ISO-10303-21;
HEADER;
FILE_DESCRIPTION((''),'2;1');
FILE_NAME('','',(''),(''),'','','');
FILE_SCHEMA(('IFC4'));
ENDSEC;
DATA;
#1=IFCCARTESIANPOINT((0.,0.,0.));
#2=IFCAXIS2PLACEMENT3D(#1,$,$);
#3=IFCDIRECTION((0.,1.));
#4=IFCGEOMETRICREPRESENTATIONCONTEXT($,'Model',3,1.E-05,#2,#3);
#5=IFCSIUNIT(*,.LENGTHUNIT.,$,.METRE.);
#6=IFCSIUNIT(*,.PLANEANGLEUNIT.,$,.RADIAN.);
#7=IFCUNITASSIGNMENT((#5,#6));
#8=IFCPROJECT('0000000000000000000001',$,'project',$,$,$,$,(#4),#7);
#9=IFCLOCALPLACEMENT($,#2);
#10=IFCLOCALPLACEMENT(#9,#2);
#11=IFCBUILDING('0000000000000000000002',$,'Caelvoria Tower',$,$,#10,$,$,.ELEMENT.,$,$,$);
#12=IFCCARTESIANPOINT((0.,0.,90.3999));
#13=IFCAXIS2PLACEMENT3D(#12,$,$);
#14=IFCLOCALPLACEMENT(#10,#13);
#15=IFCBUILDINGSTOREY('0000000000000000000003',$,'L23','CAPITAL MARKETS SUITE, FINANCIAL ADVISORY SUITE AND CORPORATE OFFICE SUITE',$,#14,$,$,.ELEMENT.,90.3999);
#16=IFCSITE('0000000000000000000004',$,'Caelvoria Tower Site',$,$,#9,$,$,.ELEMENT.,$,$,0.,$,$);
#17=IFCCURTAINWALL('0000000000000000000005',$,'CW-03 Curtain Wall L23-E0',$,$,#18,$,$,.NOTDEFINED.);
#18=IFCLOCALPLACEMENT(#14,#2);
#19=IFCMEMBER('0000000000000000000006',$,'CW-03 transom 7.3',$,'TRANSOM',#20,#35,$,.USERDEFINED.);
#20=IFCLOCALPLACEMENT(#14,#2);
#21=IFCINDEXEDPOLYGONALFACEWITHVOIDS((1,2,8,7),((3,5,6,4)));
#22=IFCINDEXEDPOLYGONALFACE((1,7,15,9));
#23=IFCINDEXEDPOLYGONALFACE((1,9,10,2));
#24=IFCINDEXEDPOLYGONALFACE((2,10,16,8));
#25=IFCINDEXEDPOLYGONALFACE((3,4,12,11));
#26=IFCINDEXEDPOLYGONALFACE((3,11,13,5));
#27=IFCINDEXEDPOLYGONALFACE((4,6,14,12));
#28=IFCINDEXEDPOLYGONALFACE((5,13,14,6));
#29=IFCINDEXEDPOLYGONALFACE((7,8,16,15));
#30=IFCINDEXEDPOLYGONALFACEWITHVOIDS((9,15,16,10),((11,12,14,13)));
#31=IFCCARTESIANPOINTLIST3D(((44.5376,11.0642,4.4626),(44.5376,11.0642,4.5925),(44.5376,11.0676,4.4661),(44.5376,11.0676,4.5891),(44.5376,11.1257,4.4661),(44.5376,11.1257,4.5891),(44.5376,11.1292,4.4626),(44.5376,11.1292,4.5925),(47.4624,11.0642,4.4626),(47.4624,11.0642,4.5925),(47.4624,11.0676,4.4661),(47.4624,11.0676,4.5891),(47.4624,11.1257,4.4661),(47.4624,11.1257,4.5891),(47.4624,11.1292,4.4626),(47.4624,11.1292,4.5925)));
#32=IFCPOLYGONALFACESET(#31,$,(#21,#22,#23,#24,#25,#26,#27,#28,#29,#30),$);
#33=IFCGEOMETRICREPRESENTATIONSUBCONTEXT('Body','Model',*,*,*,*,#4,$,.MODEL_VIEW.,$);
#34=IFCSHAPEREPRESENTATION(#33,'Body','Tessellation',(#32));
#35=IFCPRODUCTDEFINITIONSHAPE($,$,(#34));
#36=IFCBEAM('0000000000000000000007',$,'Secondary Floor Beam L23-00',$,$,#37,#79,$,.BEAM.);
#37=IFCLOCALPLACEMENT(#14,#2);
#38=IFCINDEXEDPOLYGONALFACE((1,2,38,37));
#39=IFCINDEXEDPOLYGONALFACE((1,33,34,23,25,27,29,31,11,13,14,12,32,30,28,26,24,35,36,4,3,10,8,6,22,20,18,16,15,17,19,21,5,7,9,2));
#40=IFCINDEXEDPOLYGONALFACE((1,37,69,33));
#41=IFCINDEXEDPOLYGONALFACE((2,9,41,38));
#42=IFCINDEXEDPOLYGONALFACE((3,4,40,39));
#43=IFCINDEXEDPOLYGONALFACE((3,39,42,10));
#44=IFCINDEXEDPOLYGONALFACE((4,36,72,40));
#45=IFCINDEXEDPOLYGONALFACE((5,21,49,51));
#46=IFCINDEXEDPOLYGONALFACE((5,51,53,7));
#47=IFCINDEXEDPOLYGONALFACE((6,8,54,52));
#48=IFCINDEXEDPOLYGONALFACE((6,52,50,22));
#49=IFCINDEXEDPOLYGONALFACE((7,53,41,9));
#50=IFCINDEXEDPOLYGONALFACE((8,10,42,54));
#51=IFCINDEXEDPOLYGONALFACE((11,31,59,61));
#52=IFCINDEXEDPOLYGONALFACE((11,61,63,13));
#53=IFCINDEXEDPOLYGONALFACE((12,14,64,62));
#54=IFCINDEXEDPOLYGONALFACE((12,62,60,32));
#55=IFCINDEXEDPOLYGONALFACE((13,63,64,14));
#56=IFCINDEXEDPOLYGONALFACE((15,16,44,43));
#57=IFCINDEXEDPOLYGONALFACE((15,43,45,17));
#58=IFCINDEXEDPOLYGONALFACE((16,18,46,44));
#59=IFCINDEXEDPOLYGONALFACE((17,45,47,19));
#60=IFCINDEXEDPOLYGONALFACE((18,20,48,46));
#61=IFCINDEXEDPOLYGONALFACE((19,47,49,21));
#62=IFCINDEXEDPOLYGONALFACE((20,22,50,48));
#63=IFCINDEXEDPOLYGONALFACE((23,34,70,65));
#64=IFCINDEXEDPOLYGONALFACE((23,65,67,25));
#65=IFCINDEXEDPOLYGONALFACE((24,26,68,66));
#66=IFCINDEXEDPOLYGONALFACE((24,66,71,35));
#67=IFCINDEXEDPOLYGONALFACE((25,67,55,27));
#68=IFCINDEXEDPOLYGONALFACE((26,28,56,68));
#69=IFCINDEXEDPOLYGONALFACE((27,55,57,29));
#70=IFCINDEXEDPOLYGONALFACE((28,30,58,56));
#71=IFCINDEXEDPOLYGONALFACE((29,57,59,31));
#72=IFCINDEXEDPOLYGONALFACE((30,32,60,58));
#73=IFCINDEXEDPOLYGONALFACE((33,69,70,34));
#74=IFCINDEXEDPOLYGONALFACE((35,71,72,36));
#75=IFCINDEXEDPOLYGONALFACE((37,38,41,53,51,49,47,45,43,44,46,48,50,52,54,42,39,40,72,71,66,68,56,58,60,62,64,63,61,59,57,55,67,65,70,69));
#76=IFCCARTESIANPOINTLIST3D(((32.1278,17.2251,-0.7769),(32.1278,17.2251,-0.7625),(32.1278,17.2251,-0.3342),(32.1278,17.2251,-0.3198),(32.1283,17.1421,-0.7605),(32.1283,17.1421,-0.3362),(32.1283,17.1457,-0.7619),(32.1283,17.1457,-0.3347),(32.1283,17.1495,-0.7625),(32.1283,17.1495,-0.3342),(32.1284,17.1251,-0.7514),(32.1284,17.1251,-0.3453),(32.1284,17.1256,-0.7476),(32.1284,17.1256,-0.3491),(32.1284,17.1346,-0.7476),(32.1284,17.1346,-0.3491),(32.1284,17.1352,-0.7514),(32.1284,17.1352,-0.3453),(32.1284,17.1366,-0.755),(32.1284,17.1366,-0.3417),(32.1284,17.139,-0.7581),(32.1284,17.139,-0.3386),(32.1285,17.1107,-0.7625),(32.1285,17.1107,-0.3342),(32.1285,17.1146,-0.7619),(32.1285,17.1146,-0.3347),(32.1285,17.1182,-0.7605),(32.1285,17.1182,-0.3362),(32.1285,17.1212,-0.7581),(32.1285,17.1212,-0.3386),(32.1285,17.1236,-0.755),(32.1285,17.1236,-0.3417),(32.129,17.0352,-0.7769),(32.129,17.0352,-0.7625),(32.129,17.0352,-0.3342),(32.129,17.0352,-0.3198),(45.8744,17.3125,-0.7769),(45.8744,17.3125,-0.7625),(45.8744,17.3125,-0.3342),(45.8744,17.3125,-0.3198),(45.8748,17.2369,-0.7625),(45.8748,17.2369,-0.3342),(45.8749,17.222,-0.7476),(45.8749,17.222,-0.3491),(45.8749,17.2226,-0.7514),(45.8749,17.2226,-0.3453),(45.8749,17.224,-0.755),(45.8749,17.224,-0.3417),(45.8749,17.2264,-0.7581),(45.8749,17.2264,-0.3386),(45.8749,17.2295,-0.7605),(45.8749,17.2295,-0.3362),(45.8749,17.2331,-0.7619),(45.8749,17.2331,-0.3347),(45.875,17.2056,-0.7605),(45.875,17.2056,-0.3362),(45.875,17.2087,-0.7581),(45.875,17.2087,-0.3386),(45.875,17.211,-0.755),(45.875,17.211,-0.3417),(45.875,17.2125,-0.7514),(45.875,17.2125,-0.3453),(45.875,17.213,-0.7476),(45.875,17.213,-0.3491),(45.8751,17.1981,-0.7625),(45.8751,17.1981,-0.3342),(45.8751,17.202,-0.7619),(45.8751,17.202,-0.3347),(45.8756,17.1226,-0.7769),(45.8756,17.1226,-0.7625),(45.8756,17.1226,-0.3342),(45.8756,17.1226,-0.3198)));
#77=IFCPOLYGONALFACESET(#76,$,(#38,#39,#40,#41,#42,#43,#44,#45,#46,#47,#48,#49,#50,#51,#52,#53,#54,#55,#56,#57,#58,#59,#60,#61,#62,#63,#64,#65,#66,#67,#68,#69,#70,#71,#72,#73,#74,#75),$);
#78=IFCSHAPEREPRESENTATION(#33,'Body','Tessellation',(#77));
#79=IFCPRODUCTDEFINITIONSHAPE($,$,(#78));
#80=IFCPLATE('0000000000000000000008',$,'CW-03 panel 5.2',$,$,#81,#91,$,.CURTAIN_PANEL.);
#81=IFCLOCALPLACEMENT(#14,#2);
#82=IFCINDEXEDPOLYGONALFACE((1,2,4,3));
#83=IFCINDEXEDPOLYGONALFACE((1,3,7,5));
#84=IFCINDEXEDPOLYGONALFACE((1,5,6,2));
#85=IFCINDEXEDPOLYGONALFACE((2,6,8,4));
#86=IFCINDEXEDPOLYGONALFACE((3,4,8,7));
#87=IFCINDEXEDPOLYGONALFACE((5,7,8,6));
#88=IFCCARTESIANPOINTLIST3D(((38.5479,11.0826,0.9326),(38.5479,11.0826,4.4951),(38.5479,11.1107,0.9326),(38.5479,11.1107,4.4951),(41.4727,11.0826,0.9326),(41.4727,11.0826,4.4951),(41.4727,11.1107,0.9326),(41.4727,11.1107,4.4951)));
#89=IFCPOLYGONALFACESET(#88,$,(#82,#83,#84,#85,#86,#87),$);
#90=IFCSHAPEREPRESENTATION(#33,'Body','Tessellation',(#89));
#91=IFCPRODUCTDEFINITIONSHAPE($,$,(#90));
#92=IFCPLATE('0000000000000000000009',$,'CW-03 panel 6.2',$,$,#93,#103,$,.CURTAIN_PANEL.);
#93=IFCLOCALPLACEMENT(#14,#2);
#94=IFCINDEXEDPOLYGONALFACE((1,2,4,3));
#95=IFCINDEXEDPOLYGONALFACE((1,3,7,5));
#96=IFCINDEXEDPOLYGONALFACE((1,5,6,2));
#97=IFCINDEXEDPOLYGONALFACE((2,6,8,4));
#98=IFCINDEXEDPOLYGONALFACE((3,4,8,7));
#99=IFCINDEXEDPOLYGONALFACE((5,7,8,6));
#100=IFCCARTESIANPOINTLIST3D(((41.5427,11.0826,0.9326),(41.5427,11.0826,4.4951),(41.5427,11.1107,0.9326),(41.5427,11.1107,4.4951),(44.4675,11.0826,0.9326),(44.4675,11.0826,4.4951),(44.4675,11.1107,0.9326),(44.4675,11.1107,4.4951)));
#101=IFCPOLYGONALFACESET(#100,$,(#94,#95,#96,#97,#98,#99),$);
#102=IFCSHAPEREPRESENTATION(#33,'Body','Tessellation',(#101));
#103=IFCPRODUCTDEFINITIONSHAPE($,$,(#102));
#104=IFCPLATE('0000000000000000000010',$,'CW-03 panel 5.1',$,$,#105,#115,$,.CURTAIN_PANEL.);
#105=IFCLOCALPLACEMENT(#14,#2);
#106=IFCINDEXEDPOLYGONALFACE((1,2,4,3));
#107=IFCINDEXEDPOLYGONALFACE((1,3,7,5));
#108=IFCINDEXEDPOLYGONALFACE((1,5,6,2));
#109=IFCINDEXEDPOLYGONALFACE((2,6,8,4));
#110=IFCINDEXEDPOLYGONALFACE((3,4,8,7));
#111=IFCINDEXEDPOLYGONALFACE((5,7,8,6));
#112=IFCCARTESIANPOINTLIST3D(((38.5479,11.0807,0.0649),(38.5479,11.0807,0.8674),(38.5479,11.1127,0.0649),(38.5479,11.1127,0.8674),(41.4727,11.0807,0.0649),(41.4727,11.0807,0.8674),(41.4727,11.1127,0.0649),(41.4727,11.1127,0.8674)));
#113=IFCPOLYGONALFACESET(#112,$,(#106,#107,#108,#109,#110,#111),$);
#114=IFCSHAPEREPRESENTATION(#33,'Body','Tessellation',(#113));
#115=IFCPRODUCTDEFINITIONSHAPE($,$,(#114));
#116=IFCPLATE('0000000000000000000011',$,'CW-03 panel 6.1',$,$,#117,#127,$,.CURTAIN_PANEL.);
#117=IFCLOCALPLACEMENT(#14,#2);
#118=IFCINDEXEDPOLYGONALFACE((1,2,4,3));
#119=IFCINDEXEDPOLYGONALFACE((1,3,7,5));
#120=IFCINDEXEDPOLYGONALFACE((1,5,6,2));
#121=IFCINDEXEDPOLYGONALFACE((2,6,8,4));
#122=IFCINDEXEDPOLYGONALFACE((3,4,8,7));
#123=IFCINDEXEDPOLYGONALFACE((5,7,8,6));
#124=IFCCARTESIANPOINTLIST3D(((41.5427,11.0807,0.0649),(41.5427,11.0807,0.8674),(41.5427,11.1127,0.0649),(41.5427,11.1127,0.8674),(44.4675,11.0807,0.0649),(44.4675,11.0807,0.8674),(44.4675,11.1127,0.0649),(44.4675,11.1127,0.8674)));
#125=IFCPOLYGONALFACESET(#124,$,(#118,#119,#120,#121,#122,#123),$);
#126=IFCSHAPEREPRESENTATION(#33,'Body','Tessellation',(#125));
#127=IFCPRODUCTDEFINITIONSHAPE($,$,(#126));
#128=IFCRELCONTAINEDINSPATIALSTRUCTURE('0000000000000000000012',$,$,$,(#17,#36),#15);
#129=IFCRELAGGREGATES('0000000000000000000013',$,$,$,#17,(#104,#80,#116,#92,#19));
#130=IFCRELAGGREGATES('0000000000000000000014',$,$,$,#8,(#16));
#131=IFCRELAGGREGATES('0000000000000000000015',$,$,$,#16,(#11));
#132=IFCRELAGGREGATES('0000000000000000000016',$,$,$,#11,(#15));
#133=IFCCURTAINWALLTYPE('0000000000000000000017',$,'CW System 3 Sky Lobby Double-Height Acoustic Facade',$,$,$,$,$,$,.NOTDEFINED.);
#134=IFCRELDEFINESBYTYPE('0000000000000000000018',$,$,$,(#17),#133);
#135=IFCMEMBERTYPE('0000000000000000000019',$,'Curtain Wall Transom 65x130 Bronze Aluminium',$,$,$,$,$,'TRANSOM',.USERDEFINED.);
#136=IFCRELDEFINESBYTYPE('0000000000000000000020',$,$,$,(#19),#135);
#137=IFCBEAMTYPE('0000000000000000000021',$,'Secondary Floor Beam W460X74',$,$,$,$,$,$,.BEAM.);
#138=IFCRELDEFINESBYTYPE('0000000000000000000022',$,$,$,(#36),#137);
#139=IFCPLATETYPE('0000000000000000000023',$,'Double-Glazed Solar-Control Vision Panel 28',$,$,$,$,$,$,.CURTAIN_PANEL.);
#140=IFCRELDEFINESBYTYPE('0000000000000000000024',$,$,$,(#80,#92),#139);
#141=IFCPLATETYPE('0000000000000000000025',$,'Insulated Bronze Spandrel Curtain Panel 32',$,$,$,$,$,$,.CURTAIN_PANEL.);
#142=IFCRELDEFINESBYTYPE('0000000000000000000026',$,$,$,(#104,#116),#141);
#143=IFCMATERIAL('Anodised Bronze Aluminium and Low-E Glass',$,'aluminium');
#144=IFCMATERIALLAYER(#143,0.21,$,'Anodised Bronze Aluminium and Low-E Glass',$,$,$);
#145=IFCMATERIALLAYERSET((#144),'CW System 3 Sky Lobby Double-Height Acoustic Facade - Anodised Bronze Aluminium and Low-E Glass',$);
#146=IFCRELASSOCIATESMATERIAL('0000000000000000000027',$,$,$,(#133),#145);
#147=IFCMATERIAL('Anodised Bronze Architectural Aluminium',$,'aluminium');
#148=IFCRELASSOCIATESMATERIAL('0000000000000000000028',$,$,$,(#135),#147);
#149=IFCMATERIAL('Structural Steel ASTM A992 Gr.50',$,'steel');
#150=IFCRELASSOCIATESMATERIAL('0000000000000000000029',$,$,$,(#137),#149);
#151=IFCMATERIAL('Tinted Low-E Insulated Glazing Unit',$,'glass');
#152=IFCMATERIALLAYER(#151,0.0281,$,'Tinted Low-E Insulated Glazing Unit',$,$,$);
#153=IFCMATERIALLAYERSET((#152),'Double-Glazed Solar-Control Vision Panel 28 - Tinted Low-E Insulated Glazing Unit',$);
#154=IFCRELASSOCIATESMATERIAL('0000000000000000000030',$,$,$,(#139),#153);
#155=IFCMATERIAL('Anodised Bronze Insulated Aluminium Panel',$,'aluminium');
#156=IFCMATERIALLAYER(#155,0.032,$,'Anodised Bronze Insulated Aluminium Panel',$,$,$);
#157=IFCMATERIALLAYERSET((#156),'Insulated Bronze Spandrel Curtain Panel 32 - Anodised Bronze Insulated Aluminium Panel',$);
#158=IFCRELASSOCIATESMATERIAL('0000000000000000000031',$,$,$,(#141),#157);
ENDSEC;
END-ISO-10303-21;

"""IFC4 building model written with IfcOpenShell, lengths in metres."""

from ifc_helpers import new_model, si_unit, direction, frame, origin, origin_2d, place, context, subcontext, project, spatial, rectangle, hollow_rectangle, i_section, extrude, material, layer, layer_set, material_profile, profile_set, type_object, element, aggregate, save


model = new_model("IFC4")

# Units and contexts
model_context = context("Model", 3, precision=1e-05, world=origin(), true_north=direction((0.0, 1.0)))
body_context = subcontext(model_context, "Body", "Model", "MODEL_VIEW")
ifc_project = project(units=[si_unit("LENGTHUNIT", "METRE"), si_unit("PLANEANGLEUNIT", "RADIAN")], contexts=[model_context])

# Site, building, storey
site_placement = place(None, origin())
site = spatial("IfcSite", under=ifc_project, at=site_placement, Name="Caelvoria Tower Site", CompositionType="ELEMENT", RefElevation=0.0)
building_placement = place(site_placement, origin())
building = spatial("IfcBuilding", under=site, at=building_placement, Name="Caelvoria Tower", CompositionType="ELEMENT")
storey_placement = place(building_placement, frame((0.0, 0.0, 90.3999)))
storey = spatial("IfcBuildingStorey", under=building, at=storey_placement, Name="L23", Description="CAPITAL MARKETS SUITE, FINANCIAL ADVISORY SUITE AND CORPORATE OFFICE SUITE", CompositionType="ELEMENT", Elevation=90.3999)

# Curtain wall, member
ifc_material_1 = material(Name="Anodised Bronze Aluminium and Low-E Glass", Category="aluminium")
ifc_layer_1 = layer(ifc_material_1, 0.21, Name="Anodised Bronze Aluminium and Low-E Glass")
ifc_layer_set_1 = layer_set([ifc_layer_1], Name="CW System 3 Sky Lobby Double-Height Acoustic Facade - Anodised Bronze Aluminium and Low-E Glass")
curtain_wall_type = type_object("IfcCurtainWallType", Name="CW System 3 Sky Lobby Double-Height Acoustic Facade", PredefinedType="NOTDEFINED", material=ifc_layer_set_1)
curtain_wall_placement = place(storey_placement, origin())
curtain_wall = element("IfcCurtainWall", 1, at=curtain_wall_placement, inside=storey, type_object=curtain_wall_type, Name="CW-03 Curtain Wall L23-E0", PredefinedType="NOTDEFINED")
ifc_material_2 = material(Name="Anodised Bronze Architectural Aluminium", Category="aluminium")
ifc_material_profile_1 = material_profile(ifc_material_2, hollow_rectangle(XDim=0.0649, YDim=0.1299, WallThickness=0.0034, at=origin_2d()), Name="Anodised Bronze Architectural Aluminium")
ifc_profile_set_1 = profile_set([ifc_material_profile_1], Name="CW_TRAN_65X130 - Anodised Bronze Architectural Aluminium")
member_type_1 = type_object("IfcMemberType", Name="Curtain Wall Transom 65x130 Bronze Aluminium", ElementType="TRANSOM", PredefinedType="USERDEFINED", material=ifc_profile_set_1)
member_1_placement = place(storey_placement, frame((44.5376, 11.0967, 4.5276), z_axis=(1.0, 0.0, 0.0), x_axis=(0.0, 1.0, 0.0)))
member_1 = element("IfcMember", 2, at=member_1_placement, type_object=member_type_1, Name="CW-03 transom 7.3", ObjectType="TRANSOM", PredefinedType="USERDEFINED", context=body_context, shape_type="SweptSolid", body=[
    extrude(hollow_rectangle(XDim=0.0649, YDim=0.1299, WallThickness=0.0034, at=origin_2d()), origin(), (0.0, 0.0, 1.0), 2.9248),
])

# Beam
ifc_material_3 = material(Name="Structural Steel ASTM A992 Gr.50", Category="steel")
ifc_material_profile_2 = material_profile(ifc_material_3, i_section(OverallWidth=0.1899, OverallDepth=0.457, WebThickness=0.009, FlangeThickness=0.0144, FilletRadius=0.0149, at=origin_2d()), Name="Structural Steel ASTM A992 Gr.50")
ifc_profile_set_2 = profile_set([ifc_material_profile_2], Name="W460X74 - Structural Steel ASTM A992 Gr.50")
beam_type = type_object("IfcBeamType", Name="Secondary Floor Beam W460X74", PredefinedType="BEAM", material=ifc_profile_set_2)
beam_placement = place(storey_placement, frame((32.1284, 17.1301, -0.5483), z_axis=(0.99998, 0.006358, 0.0), x_axis=(-0.006358, 0.99998, 0.0)))
element("IfcBeam", 3, at=beam_placement, inside=storey, type_object=beam_type, Name="Secondary Floor Beam L23-00", PredefinedType="BEAM", context=body_context, shape_type="SweptSolid", body=[
    extrude(i_section(OverallWidth=0.1899, OverallDepth=0.457, WebThickness=0.009, FlangeThickness=0.0144, FilletRadius=0.0149, at=origin_2d()), origin(), (0.0, 0.0, 1.0), 13.7468),
])

# Plates
ifc_material_4 = material(Name="Tinted Low-E Insulated Glazing Unit", Category="glass")
ifc_layer_2 = layer(ifc_material_4, 0.0281, Name="Tinted Low-E Insulated Glazing Unit")
ifc_layer_set_2 = layer_set([ifc_layer_2], Name="Double-Glazed Solar-Control Vision Panel 28 - Tinted Low-E Insulated Glazing Unit")
plate_type_1 = type_object("IfcPlateType", Name="Double-Glazed Solar-Control Vision Panel 28", PredefinedType="CURTAIN_PANEL", material=ifc_layer_set_2)
plate_1_placement = place(storey_placement, frame((40.0103, 11.0967, 0.9326), z_axis=(0.0, 0.0, 1.0), x_axis=(1.0, 0.0, 0.0)))
plate_1 = element("IfcPlate", 4, at=plate_1_placement, type_object=plate_type_1, Name="CW-03 panel 5.2", PredefinedType="CURTAIN_PANEL", context=body_context, shape_type="SweptSolid", body=[
    extrude(rectangle(XDim=2.9248, YDim=0.0281, at=origin_2d()), origin(), (0.0, 0.0, 1.0), 3.5625),
])
plate_2_placement = place(storey_placement, frame((43.0051, 11.0967, 0.9326), z_axis=(0.0, 0.0, 1.0), x_axis=(1.0, 0.0, 0.0)))
plate_2 = element("IfcPlate", 5, at=plate_2_placement, type_object=plate_type_1, Name="CW-03 panel 6.2", PredefinedType="CURTAIN_PANEL", context=body_context, shape_type="SweptSolid", body=[
    extrude(rectangle(XDim=2.9248, YDim=0.0281, at=origin_2d()), origin(), (0.0, 0.0, 1.0), 3.5625),
])
ifc_material_5 = material(Name="Anodised Bronze Insulated Aluminium Panel", Category="aluminium")
ifc_layer_3 = layer(ifc_material_5, 0.032, Name="Anodised Bronze Insulated Aluminium Panel")
ifc_layer_set_3 = layer_set([ifc_layer_3], Name="Insulated Bronze Spandrel Curtain Panel 32 - Anodised Bronze Insulated Aluminium Panel")
plate_type_2 = type_object("IfcPlateType", Name="Insulated Bronze Spandrel Curtain Panel 32", PredefinedType="CURTAIN_PANEL", material=ifc_layer_set_3)
plate_3_placement = place(storey_placement, frame((40.0103, 11.0967, 0.0649), z_axis=(0.0, 0.0, 1.0), x_axis=(1.0, 0.0, 0.0)))
plate_3 = element("IfcPlate", 6, at=plate_3_placement, type_object=plate_type_2, Name="CW-03 panel 5.1", PredefinedType="CURTAIN_PANEL", context=body_context, shape_type="SweptSolid", body=[
    extrude(rectangle(XDim=2.9248, YDim=0.032, at=origin_2d()), origin(), (0.0, 0.0, 1.0), 0.8025),
])
plate_4_placement = place(storey_placement, frame((43.0051, 11.0967, 0.0649), z_axis=(0.0, 0.0, 1.0), x_axis=(1.0, 0.0, 0.0)))
plate_4 = element("IfcPlate", 7, at=plate_4_placement, type_object=plate_type_2, Name="CW-03 panel 6.1", PredefinedType="CURTAIN_PANEL", context=body_context, shape_type="SweptSolid", body=[
    extrude(rectangle(XDim=2.9248, YDim=0.032, at=origin_2d()), origin(), (0.0, 0.0, 1.0), 0.8025),
])
aggregate(curtain_wall, [plate_3, plate_1, plate_4, plate_2, member_1])

save(model, "model.ifc")
